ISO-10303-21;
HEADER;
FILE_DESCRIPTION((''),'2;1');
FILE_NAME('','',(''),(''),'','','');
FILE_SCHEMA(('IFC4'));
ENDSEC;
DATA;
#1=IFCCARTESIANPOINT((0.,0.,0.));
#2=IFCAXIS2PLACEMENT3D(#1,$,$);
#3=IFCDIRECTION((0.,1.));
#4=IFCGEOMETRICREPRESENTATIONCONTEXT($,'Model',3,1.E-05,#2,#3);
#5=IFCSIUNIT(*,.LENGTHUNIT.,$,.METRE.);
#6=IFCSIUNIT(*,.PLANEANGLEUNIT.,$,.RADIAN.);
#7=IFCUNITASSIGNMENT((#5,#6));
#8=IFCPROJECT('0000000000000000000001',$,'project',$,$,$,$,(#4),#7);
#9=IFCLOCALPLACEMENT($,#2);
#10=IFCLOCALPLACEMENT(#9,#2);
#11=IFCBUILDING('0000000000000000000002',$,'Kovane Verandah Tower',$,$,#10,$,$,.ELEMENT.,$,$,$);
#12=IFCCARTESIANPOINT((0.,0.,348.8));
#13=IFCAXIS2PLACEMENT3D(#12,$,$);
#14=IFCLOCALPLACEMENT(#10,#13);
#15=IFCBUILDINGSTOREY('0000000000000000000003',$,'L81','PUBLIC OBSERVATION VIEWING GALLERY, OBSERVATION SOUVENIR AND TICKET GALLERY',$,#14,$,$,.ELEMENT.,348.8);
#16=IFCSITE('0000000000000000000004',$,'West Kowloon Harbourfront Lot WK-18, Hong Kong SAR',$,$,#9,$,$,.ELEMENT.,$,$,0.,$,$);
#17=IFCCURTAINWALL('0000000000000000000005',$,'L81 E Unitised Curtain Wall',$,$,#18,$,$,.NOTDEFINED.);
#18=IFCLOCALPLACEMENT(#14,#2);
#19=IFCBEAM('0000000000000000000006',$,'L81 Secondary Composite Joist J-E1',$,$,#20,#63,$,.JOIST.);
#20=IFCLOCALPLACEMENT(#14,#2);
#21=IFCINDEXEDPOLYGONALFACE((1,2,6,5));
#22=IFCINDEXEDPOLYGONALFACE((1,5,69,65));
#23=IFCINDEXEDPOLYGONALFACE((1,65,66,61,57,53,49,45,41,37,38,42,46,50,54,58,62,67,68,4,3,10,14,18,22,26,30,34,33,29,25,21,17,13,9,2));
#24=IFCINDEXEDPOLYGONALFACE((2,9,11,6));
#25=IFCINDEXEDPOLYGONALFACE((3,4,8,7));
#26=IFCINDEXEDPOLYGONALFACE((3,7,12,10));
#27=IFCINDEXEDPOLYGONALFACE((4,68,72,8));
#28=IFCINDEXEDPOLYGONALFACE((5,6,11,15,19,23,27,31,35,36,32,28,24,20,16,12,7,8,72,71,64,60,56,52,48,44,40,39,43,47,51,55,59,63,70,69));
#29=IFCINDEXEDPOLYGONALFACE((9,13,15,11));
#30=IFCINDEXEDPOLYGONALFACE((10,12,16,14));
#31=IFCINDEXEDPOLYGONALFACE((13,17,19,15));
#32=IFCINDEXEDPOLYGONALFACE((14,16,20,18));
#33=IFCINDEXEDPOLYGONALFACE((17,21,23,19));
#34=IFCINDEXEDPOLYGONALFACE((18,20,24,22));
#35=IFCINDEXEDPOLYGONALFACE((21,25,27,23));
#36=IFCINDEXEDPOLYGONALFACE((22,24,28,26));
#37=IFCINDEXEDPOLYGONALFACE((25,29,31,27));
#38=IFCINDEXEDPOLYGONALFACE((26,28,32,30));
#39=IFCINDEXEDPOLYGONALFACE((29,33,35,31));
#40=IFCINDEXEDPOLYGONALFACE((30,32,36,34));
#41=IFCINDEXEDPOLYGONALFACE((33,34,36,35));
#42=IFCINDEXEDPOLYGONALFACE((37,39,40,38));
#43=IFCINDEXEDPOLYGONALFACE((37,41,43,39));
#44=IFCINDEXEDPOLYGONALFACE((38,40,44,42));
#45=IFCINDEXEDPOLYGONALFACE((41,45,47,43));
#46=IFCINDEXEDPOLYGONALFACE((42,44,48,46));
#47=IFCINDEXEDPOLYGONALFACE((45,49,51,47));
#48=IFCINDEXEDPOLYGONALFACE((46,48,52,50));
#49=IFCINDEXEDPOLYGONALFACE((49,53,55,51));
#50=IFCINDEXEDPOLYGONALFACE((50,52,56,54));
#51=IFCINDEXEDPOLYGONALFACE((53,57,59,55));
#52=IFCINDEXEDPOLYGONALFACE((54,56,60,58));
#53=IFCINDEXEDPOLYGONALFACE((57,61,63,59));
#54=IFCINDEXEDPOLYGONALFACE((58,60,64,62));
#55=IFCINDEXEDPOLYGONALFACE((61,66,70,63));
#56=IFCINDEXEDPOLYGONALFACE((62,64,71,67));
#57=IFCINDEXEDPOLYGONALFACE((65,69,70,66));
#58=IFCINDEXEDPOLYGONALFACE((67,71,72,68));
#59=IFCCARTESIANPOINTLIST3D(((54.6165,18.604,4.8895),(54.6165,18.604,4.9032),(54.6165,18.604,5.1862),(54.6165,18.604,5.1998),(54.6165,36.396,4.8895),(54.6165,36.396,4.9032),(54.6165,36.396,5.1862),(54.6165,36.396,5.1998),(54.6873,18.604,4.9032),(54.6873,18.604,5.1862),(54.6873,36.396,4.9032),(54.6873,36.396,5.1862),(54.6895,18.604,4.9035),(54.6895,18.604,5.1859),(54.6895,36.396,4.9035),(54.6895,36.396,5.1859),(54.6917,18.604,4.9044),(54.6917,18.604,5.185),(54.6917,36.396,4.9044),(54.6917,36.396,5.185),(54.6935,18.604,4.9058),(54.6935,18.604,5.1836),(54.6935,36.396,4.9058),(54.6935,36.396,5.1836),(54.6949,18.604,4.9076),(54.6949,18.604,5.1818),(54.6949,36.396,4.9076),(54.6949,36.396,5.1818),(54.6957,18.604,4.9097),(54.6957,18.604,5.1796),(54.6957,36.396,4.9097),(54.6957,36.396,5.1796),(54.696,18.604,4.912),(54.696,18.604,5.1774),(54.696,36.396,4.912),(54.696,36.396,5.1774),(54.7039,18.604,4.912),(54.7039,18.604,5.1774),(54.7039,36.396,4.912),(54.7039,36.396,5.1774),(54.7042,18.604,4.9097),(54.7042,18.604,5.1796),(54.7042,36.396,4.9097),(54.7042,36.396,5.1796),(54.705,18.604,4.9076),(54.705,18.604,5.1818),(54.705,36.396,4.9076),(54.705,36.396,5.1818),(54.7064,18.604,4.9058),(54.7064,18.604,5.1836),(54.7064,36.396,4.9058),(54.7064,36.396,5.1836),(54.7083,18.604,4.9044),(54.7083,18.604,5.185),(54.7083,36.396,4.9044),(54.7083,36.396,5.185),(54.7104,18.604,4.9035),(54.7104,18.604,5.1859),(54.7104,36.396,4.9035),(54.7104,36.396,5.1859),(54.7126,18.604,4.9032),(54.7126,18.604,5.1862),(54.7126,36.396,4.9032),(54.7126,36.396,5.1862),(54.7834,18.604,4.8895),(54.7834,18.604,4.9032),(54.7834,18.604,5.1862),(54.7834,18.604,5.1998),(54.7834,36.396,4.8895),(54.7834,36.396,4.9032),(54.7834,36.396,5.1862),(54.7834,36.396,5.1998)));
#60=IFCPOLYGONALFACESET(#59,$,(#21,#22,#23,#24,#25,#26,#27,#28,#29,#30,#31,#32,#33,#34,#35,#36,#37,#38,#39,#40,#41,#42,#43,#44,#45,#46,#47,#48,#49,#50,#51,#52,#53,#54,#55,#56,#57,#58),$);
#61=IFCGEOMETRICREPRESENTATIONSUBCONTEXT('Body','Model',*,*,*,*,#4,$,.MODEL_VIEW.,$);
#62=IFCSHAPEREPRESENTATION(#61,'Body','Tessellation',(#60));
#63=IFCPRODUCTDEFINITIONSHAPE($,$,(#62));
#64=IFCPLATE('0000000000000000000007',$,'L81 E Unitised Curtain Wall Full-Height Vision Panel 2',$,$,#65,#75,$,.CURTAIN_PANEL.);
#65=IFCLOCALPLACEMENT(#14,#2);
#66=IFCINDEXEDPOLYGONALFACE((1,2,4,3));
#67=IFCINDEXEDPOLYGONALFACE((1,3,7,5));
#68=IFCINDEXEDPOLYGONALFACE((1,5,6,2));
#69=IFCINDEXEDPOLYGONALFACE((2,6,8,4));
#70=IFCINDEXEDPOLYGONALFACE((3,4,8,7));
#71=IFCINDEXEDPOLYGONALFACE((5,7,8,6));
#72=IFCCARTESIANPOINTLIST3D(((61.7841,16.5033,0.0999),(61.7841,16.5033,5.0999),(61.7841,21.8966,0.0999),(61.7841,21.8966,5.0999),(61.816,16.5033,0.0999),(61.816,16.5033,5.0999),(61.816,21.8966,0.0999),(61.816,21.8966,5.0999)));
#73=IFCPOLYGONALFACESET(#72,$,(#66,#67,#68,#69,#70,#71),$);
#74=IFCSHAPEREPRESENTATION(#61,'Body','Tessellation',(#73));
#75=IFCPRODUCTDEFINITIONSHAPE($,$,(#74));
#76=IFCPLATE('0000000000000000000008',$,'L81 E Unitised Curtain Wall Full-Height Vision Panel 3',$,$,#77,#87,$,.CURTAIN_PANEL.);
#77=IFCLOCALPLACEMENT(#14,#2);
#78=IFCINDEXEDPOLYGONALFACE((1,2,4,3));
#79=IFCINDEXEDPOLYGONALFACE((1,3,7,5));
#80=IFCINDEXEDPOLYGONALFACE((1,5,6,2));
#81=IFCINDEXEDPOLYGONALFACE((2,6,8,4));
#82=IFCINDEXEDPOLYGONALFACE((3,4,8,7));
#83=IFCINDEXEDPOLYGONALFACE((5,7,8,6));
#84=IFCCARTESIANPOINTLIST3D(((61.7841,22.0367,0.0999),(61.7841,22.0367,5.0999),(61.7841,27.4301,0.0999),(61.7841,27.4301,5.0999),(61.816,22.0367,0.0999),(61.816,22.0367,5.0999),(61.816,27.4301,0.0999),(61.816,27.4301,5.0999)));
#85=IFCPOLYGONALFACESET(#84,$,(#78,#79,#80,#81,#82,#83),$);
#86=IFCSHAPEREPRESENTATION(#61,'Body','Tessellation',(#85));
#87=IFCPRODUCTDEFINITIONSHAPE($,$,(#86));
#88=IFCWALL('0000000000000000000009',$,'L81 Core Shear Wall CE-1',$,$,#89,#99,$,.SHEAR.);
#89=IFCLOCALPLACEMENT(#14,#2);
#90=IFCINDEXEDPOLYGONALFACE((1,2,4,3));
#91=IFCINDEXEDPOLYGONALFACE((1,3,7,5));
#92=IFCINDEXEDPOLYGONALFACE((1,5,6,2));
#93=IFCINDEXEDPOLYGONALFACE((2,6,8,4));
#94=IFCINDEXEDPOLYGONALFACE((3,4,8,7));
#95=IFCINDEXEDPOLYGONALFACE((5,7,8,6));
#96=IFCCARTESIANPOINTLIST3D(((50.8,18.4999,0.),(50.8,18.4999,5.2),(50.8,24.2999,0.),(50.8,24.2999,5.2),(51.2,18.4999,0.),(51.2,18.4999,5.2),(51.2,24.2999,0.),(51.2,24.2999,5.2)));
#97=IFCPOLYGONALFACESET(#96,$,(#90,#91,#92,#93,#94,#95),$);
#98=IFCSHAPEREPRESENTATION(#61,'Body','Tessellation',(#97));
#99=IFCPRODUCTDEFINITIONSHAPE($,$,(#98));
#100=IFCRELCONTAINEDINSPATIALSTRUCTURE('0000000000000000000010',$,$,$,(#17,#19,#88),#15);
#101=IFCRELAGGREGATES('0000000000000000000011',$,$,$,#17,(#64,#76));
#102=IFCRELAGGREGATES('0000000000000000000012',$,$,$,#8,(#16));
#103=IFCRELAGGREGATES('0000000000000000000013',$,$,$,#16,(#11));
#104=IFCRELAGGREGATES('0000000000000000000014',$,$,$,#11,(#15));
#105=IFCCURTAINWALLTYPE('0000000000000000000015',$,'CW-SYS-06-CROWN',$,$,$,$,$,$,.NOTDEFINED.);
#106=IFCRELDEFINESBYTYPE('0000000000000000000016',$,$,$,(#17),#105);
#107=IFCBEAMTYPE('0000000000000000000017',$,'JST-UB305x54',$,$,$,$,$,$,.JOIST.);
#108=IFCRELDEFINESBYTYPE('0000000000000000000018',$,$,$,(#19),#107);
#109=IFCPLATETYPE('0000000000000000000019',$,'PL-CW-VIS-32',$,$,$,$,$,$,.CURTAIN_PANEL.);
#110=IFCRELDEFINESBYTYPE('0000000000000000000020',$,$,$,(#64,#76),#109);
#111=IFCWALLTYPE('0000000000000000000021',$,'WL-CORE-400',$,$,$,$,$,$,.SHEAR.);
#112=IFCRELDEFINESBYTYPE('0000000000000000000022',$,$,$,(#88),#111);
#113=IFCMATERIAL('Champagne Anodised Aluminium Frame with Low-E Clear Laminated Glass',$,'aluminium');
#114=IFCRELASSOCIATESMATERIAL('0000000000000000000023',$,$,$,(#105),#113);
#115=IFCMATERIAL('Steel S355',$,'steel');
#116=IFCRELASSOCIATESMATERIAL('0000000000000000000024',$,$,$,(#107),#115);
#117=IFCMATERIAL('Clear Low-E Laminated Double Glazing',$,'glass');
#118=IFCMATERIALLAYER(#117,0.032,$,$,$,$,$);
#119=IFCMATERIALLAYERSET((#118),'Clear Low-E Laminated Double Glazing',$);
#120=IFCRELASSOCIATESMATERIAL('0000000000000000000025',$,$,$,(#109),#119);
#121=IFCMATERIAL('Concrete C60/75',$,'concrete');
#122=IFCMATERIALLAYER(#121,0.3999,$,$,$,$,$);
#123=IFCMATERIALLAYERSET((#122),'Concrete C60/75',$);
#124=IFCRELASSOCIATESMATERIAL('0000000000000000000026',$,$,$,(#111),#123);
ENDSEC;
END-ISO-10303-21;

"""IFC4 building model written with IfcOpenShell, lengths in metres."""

from ifc_helpers import new_model, si_unit, direction, frame, frame_2d, origin, origin_2d, place, context, subcontext, project, spatial, rectangle, i_section, extrude, material, layer, layer_set, material_profile, profile_set, type_object, element, aggregate, save


model = new_model("IFC4")

# Units and contexts
model_context = context("Model", 3, precision=1e-05, world=origin(), true_north=direction((0.0, 1.0)))
body_context = subcontext(model_context, "Body", "Model", "MODEL_VIEW")
ifc_project = project(units=[si_unit("LENGTHUNIT", "METRE"), si_unit("PLANEANGLEUNIT", "RADIAN")], contexts=[model_context])

# Site, building, storey
site_placement = place(None, origin())
site = spatial("IfcSite", under=ifc_project, at=site_placement, Name="West Kowloon Harbourfront Lot WK-18, Hong Kong SAR", CompositionType="ELEMENT", RefElevation=0.0)
building_placement = place(site_placement, origin())
building = spatial("IfcBuilding", under=site, at=building_placement, Name="Kovane Verandah Tower", CompositionType="ELEMENT")
storey_placement = place(building_placement, frame((0.0, 0.0, 348.8)))
storey = spatial("IfcBuildingStorey", under=building, at=storey_placement, Name="L81", Description="PUBLIC OBSERVATION VIEWING GALLERY, OBSERVATION SOUVENIR AND TICKET GALLERY", CompositionType="ELEMENT", Elevation=348.8)

# Shared definitions
ifc_material_1 = material(Name="Concrete C60/75", Category="concrete")

# Shared definitions
ifc_material_2 = material(Name="Steel S355", Category="steel")

# Curtain wall
ifc_material_3 = material(Name="Champagne Anodised Aluminium Frame with Low-E Clear Laminated Glass", Category="aluminium")
curtain_wall_type = type_object("IfcCurtainWallType", Name="CW-SYS-06-CROWN", PredefinedType="NOTDEFINED", material=ifc_material_3)
curtain_wall_placement = place(storey_placement, origin())
curtain_wall = element("IfcCurtainWall", 1, at=curtain_wall_placement, inside=storey, type_object=curtain_wall_type, Name="L81 E Unitised Curtain Wall", PredefinedType="NOTDEFINED")

# Beam
ifc_material_profile_1 = material_profile(ifc_material_2, i_section(OverallWidth=0.167, OverallDepth=0.3103, WebThickness=0.0078, FlangeThickness=0.0137, FilletRadius=0.0088, at=origin_2d()), Name="UB305x165x54")
ifc_profile_set_1 = profile_set([ifc_material_profile_1], Name="Steel S355")
beam_type_1 = type_object("IfcBeamType", Name="JST-UB305x54", PredefinedType="JOIST", material=ifc_profile_set_1)
beam_1_placement = place(storey_placement, frame((54.7, 18.604, 5.0447), z_axis=(0.0, 1.0, 0.0), x_axis=(-1.0, 0.0, 0.0)))
element("IfcBeam", 2, at=beam_1_placement, inside=storey, type_object=beam_type_1, Name="L81 Secondary Composite Joist J-E1", PredefinedType="JOIST", context=body_context, shape_type="SweptSolid", body=[
    extrude(i_section(OverallWidth=0.167, OverallDepth=0.3103, WebThickness=0.0078, FlangeThickness=0.0137, FilletRadius=0.0088, at=origin_2d()), origin(), (0.0, 0.0, 1.0), 17.792),
])

# Plates
ifc_material_4 = material(Name="Clear Low-E Laminated Double Glazing", Category="glass")
ifc_layer_1 = layer(ifc_material_4, 0.032)
ifc_layer_set_1 = layer_set([ifc_layer_1], Name="Clear Low-E Laminated Double Glazing")
plate_type = type_object("IfcPlateType", Name="PL-CW-VIS-32", PredefinedType="CURTAIN_PANEL", material=ifc_layer_set_1)
plate_1_placement = place(storey_placement, frame((61.8, 19.2, 0.0999), z_axis=(0.0, 0.0, 1.0), x_axis=(0.0, 1.0, 0.0)))
plate_1 = element("IfcPlate", 3, at=plate_1_placement, type_object=plate_type, Name="L81 E Unitised Curtain Wall Full-Height Vision Panel 2", PredefinedType="CURTAIN_PANEL", context=body_context, shape_type="SweptSolid", body=[
    extrude(rectangle(XDim=5.3933, YDim=0.032, at=origin_2d()), origin(), (0.0, 0.0, 1.0), 5.0),
])
plate_2_placement = place(storey_placement, frame((61.8, 24.7334, 0.0999), z_axis=(0.0, 0.0, 1.0), x_axis=(0.0, 1.0, 0.0)))
plate_2 = element("IfcPlate", 4, at=plate_2_placement, type_object=plate_type, Name="L81 E Unitised Curtain Wall Full-Height Vision Panel 3", PredefinedType="CURTAIN_PANEL", context=body_context, shape_type="SweptSolid", body=[
    extrude(rectangle(XDim=5.3933, YDim=0.032, at=origin_2d()), origin(), (0.0, 0.0, 1.0), 5.0),
])
aggregate(curtain_wall, [plate_1, plate_2])

# Wall
ifc_layer_2 = layer(ifc_material_1, 0.3999)
ifc_layer_set_2 = layer_set([ifc_layer_2], Name="Concrete C60/75")
wall_type_1 = type_object("IfcWallType", Name="WL-CORE-400", PredefinedType="SHEAR", material=ifc_layer_set_2)
wall_1_placement = place(storey_placement, frame((51.0, 18.5, 0.0), z_axis=(0.0, 0.0, 1.0), x_axis=(0.0, 1.0, 0.0)))
element("IfcWall", 5, at=wall_1_placement, inside=storey, type_object=wall_type_1, Name="L81 Core Shear Wall CE-1", PredefinedType="SHEAR", context=body_context, shape_type="SweptSolid", body=[
    extrude(rectangle(XDim=5.8, YDim=0.3999, at=frame_2d((2.8999, 0.0))), origin(), (0.0, 0.0, 1.0), 5.2),
])

save(model, "model.ifc")
